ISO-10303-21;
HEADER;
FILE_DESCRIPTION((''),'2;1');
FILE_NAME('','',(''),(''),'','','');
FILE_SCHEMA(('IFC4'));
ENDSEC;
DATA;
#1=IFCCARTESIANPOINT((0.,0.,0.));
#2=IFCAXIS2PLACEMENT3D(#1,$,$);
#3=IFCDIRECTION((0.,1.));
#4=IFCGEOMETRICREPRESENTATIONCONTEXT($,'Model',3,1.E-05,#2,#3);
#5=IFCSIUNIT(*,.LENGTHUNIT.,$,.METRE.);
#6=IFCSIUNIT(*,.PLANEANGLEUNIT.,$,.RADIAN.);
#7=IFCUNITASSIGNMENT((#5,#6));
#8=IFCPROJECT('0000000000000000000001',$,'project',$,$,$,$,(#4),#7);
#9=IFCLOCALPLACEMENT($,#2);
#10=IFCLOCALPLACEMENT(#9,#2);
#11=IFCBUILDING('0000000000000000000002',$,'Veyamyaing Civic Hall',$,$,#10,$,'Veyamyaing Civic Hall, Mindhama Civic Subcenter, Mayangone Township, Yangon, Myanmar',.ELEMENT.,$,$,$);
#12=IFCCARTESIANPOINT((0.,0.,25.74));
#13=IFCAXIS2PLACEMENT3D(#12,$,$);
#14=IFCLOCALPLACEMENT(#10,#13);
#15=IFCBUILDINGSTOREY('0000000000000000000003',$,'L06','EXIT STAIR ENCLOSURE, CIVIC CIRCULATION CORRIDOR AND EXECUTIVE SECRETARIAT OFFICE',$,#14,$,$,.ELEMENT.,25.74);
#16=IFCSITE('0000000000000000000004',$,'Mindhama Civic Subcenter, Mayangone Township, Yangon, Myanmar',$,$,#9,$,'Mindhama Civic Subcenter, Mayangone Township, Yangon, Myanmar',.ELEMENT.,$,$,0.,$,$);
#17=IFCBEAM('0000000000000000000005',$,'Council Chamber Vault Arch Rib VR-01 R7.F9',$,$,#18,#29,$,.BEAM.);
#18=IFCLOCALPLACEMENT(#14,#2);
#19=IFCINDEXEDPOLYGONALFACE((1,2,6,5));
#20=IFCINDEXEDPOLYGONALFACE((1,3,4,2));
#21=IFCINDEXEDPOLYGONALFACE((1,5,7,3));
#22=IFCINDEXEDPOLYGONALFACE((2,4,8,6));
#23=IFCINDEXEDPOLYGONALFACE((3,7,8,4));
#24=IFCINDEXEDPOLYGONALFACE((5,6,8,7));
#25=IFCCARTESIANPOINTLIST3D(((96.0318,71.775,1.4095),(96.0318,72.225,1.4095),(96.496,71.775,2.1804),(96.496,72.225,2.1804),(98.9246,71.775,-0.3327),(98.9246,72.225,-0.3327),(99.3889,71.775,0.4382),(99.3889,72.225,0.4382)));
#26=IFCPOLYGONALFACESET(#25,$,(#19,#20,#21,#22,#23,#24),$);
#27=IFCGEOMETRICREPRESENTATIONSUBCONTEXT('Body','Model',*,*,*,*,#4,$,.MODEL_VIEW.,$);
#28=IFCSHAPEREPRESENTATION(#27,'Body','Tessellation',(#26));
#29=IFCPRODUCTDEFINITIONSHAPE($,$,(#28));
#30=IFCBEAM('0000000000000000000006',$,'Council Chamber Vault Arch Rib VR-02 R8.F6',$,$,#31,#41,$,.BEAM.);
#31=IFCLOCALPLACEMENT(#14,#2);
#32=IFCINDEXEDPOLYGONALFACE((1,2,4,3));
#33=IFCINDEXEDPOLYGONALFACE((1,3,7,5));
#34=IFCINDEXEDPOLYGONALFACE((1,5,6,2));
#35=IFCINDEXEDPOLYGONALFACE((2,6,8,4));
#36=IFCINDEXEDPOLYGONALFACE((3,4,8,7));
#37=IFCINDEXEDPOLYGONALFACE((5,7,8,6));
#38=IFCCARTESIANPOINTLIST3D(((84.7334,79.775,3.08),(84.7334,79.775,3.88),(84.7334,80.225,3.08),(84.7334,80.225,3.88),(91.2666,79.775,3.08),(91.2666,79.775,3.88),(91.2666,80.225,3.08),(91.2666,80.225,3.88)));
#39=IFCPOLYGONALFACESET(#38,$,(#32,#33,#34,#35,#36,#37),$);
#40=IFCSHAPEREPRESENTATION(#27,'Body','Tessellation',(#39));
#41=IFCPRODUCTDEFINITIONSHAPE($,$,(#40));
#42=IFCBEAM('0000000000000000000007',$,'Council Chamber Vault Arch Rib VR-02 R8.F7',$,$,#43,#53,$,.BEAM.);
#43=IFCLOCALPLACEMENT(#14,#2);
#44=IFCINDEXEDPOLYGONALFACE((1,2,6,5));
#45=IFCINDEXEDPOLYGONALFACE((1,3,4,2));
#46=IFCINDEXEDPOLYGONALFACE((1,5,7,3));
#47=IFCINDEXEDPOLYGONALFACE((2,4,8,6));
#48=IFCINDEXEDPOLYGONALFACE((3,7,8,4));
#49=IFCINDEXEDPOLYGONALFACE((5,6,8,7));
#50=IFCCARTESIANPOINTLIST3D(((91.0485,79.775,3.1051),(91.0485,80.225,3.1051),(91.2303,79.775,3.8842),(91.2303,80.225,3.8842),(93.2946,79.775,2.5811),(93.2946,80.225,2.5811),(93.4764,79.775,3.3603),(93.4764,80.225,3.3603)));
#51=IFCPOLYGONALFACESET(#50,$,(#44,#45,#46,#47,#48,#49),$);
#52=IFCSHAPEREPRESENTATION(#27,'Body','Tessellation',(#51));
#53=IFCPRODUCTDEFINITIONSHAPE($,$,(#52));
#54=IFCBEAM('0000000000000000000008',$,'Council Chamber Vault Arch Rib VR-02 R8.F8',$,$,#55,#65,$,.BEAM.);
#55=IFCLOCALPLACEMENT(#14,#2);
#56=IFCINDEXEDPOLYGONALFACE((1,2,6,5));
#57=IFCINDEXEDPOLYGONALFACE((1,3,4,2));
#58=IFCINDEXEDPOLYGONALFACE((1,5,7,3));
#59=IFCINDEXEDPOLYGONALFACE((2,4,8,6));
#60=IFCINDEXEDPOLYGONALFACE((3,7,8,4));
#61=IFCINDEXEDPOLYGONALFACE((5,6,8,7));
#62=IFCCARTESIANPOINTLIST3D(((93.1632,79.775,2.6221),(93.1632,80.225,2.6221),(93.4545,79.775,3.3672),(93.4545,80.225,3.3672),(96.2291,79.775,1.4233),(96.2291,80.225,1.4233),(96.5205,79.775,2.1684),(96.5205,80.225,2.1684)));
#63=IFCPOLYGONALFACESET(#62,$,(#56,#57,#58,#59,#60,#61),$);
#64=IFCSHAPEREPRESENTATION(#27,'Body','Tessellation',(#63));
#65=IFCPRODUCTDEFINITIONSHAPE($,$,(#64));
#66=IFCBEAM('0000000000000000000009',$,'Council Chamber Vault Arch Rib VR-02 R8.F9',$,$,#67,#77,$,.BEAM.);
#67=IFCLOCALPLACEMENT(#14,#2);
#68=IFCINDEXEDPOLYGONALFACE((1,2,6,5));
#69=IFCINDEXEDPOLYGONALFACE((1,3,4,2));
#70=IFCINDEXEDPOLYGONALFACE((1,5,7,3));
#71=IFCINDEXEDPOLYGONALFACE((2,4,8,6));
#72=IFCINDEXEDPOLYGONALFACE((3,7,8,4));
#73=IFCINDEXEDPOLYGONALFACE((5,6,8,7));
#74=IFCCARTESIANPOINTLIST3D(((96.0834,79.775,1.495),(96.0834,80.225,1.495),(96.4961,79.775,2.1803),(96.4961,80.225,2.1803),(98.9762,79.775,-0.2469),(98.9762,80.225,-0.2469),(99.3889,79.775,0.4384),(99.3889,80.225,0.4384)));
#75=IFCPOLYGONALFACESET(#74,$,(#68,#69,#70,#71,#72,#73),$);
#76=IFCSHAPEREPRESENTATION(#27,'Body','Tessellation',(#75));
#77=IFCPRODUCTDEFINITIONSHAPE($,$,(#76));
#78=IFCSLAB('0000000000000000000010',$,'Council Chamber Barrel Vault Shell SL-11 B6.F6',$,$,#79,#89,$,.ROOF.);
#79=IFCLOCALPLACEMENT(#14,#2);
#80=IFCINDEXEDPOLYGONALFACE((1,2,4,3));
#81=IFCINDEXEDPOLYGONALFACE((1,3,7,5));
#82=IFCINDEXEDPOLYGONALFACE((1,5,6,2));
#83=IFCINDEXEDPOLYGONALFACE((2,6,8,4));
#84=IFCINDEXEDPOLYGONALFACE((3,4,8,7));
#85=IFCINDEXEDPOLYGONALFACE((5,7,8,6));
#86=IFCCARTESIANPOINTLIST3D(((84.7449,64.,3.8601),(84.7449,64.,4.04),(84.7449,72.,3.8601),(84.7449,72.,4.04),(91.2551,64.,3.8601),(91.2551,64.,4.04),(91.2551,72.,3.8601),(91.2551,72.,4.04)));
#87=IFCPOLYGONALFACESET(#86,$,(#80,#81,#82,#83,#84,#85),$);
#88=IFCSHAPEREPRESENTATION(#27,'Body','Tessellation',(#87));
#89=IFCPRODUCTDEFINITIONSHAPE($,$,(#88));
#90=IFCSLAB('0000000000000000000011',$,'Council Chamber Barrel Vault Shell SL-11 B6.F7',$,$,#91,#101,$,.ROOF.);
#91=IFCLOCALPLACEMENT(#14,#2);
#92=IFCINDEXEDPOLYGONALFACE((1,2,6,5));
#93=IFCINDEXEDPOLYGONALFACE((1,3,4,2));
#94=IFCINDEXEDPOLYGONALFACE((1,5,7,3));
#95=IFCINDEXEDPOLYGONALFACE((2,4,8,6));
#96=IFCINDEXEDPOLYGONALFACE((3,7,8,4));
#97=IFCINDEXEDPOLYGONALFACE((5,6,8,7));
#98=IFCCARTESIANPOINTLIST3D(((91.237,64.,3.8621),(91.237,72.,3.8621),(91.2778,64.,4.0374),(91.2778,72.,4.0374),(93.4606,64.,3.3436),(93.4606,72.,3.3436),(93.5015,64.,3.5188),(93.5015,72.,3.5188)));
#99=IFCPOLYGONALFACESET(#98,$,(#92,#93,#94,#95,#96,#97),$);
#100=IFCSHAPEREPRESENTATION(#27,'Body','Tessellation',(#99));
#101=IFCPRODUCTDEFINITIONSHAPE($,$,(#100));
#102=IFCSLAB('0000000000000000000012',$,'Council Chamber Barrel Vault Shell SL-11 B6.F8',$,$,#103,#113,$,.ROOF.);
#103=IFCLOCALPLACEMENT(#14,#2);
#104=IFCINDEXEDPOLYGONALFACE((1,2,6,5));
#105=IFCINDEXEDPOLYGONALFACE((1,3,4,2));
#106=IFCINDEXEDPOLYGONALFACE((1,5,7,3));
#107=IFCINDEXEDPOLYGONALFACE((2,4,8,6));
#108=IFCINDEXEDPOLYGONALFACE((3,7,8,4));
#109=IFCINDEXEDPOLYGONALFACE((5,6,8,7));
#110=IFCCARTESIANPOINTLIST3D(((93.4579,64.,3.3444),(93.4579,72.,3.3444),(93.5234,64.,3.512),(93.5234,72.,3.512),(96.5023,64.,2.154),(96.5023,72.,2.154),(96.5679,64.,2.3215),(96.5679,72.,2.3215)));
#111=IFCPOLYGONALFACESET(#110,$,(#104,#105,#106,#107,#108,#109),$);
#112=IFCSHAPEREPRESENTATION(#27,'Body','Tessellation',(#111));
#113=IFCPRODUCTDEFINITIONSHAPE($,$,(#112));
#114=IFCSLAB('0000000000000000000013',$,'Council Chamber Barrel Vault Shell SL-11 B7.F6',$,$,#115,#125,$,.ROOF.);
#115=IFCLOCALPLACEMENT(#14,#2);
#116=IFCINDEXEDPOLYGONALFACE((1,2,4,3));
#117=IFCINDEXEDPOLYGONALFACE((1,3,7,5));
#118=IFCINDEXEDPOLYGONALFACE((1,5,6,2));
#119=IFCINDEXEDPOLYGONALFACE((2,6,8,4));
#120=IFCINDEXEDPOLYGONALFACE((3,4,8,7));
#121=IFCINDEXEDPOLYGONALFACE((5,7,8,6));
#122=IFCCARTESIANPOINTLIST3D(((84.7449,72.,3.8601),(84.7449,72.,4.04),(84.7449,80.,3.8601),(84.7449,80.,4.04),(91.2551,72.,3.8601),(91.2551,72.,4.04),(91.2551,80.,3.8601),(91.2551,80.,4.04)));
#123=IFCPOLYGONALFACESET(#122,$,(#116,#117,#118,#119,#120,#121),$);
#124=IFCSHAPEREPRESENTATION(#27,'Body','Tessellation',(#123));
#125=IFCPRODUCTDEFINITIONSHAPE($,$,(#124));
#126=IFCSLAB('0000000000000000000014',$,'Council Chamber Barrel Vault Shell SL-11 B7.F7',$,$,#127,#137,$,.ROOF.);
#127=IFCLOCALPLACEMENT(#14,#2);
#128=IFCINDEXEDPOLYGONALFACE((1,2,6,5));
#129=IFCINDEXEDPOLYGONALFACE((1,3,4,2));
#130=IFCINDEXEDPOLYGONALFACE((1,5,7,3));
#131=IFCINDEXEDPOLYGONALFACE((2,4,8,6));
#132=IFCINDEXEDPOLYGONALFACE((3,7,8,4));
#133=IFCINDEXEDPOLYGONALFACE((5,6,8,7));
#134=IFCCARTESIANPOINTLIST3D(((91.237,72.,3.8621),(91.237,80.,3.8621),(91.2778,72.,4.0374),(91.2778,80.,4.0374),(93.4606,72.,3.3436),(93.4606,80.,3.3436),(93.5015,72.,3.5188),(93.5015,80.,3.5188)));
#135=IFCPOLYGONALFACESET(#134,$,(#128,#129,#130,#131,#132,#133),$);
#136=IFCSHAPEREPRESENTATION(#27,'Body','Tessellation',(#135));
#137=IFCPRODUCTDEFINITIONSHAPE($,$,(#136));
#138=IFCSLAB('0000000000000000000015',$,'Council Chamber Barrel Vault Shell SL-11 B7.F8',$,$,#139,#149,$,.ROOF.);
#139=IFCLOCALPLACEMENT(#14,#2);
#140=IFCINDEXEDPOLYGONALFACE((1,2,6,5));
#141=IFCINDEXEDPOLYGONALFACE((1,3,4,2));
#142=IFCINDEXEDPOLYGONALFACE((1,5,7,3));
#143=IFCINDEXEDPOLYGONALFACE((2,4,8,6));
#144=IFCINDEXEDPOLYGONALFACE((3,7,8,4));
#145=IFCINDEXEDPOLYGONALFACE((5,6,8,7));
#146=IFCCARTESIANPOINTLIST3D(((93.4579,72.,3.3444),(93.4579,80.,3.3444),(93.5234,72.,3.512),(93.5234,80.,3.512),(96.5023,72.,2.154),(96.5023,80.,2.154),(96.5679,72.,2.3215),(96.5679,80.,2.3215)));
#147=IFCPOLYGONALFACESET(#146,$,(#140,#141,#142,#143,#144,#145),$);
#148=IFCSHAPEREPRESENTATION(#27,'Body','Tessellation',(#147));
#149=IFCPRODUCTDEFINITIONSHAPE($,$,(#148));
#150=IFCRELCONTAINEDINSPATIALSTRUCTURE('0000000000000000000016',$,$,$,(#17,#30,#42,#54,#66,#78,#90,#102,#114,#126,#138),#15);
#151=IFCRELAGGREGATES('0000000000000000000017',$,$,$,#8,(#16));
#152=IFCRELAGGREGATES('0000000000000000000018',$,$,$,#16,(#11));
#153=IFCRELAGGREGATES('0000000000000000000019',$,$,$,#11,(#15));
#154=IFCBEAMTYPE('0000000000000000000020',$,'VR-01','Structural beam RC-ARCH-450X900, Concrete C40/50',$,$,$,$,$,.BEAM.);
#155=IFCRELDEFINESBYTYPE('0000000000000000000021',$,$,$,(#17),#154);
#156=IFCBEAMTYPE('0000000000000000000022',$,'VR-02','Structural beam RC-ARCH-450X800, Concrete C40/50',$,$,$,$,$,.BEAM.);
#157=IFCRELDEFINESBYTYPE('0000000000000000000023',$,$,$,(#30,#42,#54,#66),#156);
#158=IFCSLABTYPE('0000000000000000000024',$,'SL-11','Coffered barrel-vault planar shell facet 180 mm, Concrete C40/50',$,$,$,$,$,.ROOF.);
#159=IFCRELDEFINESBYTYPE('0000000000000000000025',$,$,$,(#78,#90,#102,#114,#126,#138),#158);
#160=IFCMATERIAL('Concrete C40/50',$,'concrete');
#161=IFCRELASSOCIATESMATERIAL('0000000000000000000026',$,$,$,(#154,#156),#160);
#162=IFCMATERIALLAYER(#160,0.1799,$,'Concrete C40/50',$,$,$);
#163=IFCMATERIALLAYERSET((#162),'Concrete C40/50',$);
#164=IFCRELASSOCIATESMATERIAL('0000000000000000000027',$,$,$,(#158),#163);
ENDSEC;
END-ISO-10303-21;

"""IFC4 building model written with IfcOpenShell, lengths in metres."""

from ifc_helpers import new_model, si_unit, direction, frame, origin, origin_2d, place, context, subcontext, project, spatial, polyline, rectangle, outline, extrude, material, layer, layer_set, material_profile, profile_set, type_object, element, save


model = new_model("IFC4")

# Units and contexts
model_context = context("Model", 3, precision=1e-05, world=origin(), true_north=direction((0.0, 1.0)))
body_context = subcontext(model_context, "Body", "Model", "MODEL_VIEW")
ifc_project = project(units=[si_unit("LENGTHUNIT", "METRE"), si_unit("PLANEANGLEUNIT", "RADIAN")], contexts=[model_context])

# Site, building, storey
site_placement = place(None, origin())
site = spatial("IfcSite", under=ifc_project, at=site_placement, Name="Mindhama Civic Subcenter, Mayangone Township, Yangon, Myanmar", LongName="Mindhama Civic Subcenter, Mayangone Township, Yangon, Myanmar", CompositionType="ELEMENT", RefElevation=0.0)
building_placement = place(site_placement, origin())
building = spatial("IfcBuilding", under=site, at=building_placement, Name="Veyamyaing Civic Hall", LongName="Veyamyaing Civic Hall, Mindhama Civic Subcenter, Mayangone Township, Yangon, Myanmar", CompositionType="ELEMENT")
storey_placement = place(building_placement, frame((0.0, 0.0, 25.74)))
storey = spatial("IfcBuildingStorey", under=building, at=storey_placement, Name="L06", Description="EXIT STAIR ENCLOSURE, CIVIC CIRCULATION CORRIDOR AND EXECUTIVE SECRETARIAT OFFICE", CompositionType="ELEMENT", Elevation=25.74)

# Beams
ifc_material = material(Name="Concrete C40/50", Category="concrete")
ifc_material_profile_1 = material_profile(ifc_material, rectangle(XDim=0.45, YDim=0.8999, at=origin_2d()), Name="RC-ARCH-450X900")
ifc_profile_set_1 = profile_set([ifc_material_profile_1], Name="Concrete C40/50")
beam_type_1 = type_object("IfcBeamType", Name="VR-01", Description="Structural beam RC-ARCH-450X900, Concrete C40/50", PredefinedType="BEAM", material=ifc_profile_set_1)
beam_1_placement = place(storey_placement, frame((96.2639, 72.0, 1.7949), z_axis=(0.856643, 0.0, -0.515909), x_axis=(0.0, 1.0, 0.0)))
element("IfcBeam", 1, at=beam_1_placement, inside=storey, type_object=beam_type_1, Name="Council Chamber Vault Arch Rib VR-01 R7.F9", PredefinedType="BEAM", context=body_context, shape_type="SweptSolid", body=[
    extrude(rectangle(XDim=0.45, YDim=0.8999, at=origin_2d()), origin(), (0.0, 0.0, 1.0), 3.377),
])
ifc_material_profile_2 = material_profile(ifc_material, rectangle(XDim=0.45, YDim=0.8, at=origin_2d()), Name="RC-ARCH-450X800")
ifc_profile_set_2 = profile_set([ifc_material_profile_2], Name="Concrete C40/50")
beam_type_2 = type_object("IfcBeamType", Name="VR-02", Description="Structural beam RC-ARCH-450X800, Concrete C40/50", PredefinedType="BEAM", material=ifc_profile_set_2)
beam_2_placement = place(storey_placement, frame((84.7334, 80.0, 3.48), z_axis=(1.0, 0.0, 0.0), x_axis=(0.0, 1.0, 0.0)))
element("IfcBeam", 2, at=beam_2_placement, inside=storey, type_object=beam_type_2, Name="Council Chamber Vault Arch Rib VR-02 R8.F6", PredefinedType="BEAM", context=body_context, shape_type="SweptSolid", body=[
    extrude(rectangle(XDim=0.45, YDim=0.8, at=origin_2d()), origin(), (0.0, 0.0, 1.0), 6.5332),
])
beam_3_placement = place(storey_placement, frame((91.1394, 80.0, 3.4946), z_axis=(0.973857, 0.0, -0.227163), x_axis=(0.0, 1.0, 0.0)))
element("IfcBeam", 3, at=beam_3_placement, inside=storey, type_object=beam_type_2, Name="Council Chamber Vault Arch Rib VR-02 R8.F7", PredefinedType="BEAM", context=body_context, shape_type="SweptSolid", body=[
    extrude(rectangle(XDim=0.45, YDim=0.8, at=origin_2d()), origin(), (0.0, 0.0, 1.0), 2.3064),
])
beam_4_placement = place(storey_placement, frame((93.3088, 80.0, 2.9946), z_axis=(0.931343, 0.0, -0.364142), x_axis=(0.0, 1.0, 0.0)))
element("IfcBeam", 4, at=beam_4_placement, inside=storey, type_object=beam_type_2, Name="Council Chamber Vault Arch Rib VR-02 R8.F8", PredefinedType="BEAM", context=body_context, shape_type="SweptSolid", body=[
    extrude(rectangle(XDim=0.45, YDim=0.8, at=origin_2d()), origin(), (0.0, 0.0, 1.0), 3.292),
])
beam_5_placement = place(storey_placement, frame((96.2898, 80.0, 1.8376), z_axis=(0.856675, 0.0, -0.515856), x_axis=(0.0, 1.0, 0.0)))
element("IfcBeam", 5, at=beam_5_placement, inside=storey, type_object=beam_type_2, Name="Council Chamber Vault Arch Rib VR-02 R8.F9", PredefinedType="BEAM", context=body_context, shape_type="SweptSolid", body=[
    extrude(rectangle(XDim=0.45, YDim=0.8, at=origin_2d()), origin(), (0.0, 0.0, 1.0), 3.3767),
])

# Slabs
ifc_layer = layer(ifc_material, 0.1799, Name="Concrete C40/50")
ifc_layer_set = layer_set([ifc_layer], Name="Concrete C40/50")
slab_type = type_object("IfcSlabType", Name="SL-11", Description="Coffered barrel-vault planar shell facet 180 mm, Concrete C40/50", PredefinedType="ROOF", material=ifc_layer_set)
slab_1_placement = place(storey_placement, frame((84.7449, 64.0, 4.04), z_axis=(0.0, 0.0, 1.0), x_axis=(1.0, 0.0, 0.0)))
element("IfcSlab", 6, at=slab_1_placement, inside=storey, type_object=slab_type, Name="Council Chamber Barrel Vault Shell SL-11 B6.F6", PredefinedType="ROOF", context=body_context, shape_type="SweptSolid", body=[
    extrude(outline(polyline([(0.0, 0.0), (6.5103, 0.0), (6.5103, 8.0), (0.0, 8.0), (0.0, 0.0)])), origin(), (0.0, 0.0, -1.0), 0.1799),
])
slab_2_placement = place(storey_placement, frame((91.2778, 64.0, 4.0374), z_axis=(0.227108, 0.0, 0.97387), x_axis=(0.97387, 0.0, -0.227108)))
element("IfcSlab", 7, at=slab_2_placement, inside=storey, type_object=slab_type, Name="Council Chamber Barrel Vault Shell SL-11 B6.F7", PredefinedType="ROOF", context=body_context, shape_type="SweptSolid", body=[
    extrude(outline(polyline([(0.0, 0.0), (2.2833, 0.0), (2.2833, 8.0), (0.0, 8.0), (0.0, 0.0)])), origin(), (0.0, 0.0, -1.0), 0.1799),
])
slab_3_placement = place(storey_placement, frame((93.5234, 64.0, 3.512), z_axis=(0.364168, 0.0, 0.931333), x_axis=(0.931333, 0.0, -0.364168)))
element("IfcSlab", 8, at=slab_3_placement, inside=storey, type_object=slab_type, Name="Council Chamber Barrel Vault Shell SL-11 B6.F8", PredefinedType="ROOF", context=body_context, shape_type="SweptSolid", body=[
    extrude(outline(polyline([(0.0, 0.0), (3.2689, 0.0), (3.2689, 8.0), (0.0, 8.0), (0.0, 0.0)])), origin(), (0.0, 0.0, -1.0), 0.1799),
])
slab_4_placement = place(storey_placement, frame((84.7449, 72.0, 4.04), z_axis=(0.0, 0.0, 1.0), x_axis=(1.0, 0.0, 0.0)))
element("IfcSlab", 9, at=slab_4_placement, inside=storey, type_object=slab_type, Name="Council Chamber Barrel Vault Shell SL-11 B7.F6", PredefinedType="ROOF", context=body_context, shape_type="SweptSolid", body=[
    extrude(outline(polyline([(0.0, 0.0), (6.5103, 0.0), (6.5103, 8.0), (0.0, 8.0), (0.0, 0.0)])), origin(), (0.0, 0.0, -1.0), 0.1799),
])
slab_5_placement = place(storey_placement, frame((91.2778, 72.0, 4.0374), z_axis=(0.227108, 0.0, 0.97387), x_axis=(0.97387, 0.0, -0.227108)))
element("IfcSlab", 10, at=slab_5_placement, inside=storey, type_object=slab_type, Name="Council Chamber Barrel Vault Shell SL-11 B7.F7", PredefinedType="ROOF", context=body_context, shape_type="SweptSolid", body=[
    extrude(outline(polyline([(0.0, 0.0), (2.2833, 0.0), (2.2833, 8.0), (0.0, 8.0), (0.0, 0.0)])), origin(), (0.0, 0.0, -1.0), 0.1799),
])
slab_6_placement = place(storey_placement, frame((93.5234, 72.0, 3.512), z_axis=(0.364168, 0.0, 0.931333), x_axis=(0.931333, 0.0, -0.364168)))
element("IfcSlab", 11, at=slab_6_placement, inside=storey, type_object=slab_type, Name="Council Chamber Barrel Vault Shell SL-11 B7.F8", PredefinedType="ROOF", context=body_context, shape_type="SweptSolid", body=[
    extrude(outline(polyline([(0.0, 0.0), (3.2689, 0.0), (3.2689, 8.0), (0.0, 8.0), (0.0, 0.0)])), origin(), (0.0, 0.0, -1.0), 0.1799),
])

save(model, "model.ifc")
